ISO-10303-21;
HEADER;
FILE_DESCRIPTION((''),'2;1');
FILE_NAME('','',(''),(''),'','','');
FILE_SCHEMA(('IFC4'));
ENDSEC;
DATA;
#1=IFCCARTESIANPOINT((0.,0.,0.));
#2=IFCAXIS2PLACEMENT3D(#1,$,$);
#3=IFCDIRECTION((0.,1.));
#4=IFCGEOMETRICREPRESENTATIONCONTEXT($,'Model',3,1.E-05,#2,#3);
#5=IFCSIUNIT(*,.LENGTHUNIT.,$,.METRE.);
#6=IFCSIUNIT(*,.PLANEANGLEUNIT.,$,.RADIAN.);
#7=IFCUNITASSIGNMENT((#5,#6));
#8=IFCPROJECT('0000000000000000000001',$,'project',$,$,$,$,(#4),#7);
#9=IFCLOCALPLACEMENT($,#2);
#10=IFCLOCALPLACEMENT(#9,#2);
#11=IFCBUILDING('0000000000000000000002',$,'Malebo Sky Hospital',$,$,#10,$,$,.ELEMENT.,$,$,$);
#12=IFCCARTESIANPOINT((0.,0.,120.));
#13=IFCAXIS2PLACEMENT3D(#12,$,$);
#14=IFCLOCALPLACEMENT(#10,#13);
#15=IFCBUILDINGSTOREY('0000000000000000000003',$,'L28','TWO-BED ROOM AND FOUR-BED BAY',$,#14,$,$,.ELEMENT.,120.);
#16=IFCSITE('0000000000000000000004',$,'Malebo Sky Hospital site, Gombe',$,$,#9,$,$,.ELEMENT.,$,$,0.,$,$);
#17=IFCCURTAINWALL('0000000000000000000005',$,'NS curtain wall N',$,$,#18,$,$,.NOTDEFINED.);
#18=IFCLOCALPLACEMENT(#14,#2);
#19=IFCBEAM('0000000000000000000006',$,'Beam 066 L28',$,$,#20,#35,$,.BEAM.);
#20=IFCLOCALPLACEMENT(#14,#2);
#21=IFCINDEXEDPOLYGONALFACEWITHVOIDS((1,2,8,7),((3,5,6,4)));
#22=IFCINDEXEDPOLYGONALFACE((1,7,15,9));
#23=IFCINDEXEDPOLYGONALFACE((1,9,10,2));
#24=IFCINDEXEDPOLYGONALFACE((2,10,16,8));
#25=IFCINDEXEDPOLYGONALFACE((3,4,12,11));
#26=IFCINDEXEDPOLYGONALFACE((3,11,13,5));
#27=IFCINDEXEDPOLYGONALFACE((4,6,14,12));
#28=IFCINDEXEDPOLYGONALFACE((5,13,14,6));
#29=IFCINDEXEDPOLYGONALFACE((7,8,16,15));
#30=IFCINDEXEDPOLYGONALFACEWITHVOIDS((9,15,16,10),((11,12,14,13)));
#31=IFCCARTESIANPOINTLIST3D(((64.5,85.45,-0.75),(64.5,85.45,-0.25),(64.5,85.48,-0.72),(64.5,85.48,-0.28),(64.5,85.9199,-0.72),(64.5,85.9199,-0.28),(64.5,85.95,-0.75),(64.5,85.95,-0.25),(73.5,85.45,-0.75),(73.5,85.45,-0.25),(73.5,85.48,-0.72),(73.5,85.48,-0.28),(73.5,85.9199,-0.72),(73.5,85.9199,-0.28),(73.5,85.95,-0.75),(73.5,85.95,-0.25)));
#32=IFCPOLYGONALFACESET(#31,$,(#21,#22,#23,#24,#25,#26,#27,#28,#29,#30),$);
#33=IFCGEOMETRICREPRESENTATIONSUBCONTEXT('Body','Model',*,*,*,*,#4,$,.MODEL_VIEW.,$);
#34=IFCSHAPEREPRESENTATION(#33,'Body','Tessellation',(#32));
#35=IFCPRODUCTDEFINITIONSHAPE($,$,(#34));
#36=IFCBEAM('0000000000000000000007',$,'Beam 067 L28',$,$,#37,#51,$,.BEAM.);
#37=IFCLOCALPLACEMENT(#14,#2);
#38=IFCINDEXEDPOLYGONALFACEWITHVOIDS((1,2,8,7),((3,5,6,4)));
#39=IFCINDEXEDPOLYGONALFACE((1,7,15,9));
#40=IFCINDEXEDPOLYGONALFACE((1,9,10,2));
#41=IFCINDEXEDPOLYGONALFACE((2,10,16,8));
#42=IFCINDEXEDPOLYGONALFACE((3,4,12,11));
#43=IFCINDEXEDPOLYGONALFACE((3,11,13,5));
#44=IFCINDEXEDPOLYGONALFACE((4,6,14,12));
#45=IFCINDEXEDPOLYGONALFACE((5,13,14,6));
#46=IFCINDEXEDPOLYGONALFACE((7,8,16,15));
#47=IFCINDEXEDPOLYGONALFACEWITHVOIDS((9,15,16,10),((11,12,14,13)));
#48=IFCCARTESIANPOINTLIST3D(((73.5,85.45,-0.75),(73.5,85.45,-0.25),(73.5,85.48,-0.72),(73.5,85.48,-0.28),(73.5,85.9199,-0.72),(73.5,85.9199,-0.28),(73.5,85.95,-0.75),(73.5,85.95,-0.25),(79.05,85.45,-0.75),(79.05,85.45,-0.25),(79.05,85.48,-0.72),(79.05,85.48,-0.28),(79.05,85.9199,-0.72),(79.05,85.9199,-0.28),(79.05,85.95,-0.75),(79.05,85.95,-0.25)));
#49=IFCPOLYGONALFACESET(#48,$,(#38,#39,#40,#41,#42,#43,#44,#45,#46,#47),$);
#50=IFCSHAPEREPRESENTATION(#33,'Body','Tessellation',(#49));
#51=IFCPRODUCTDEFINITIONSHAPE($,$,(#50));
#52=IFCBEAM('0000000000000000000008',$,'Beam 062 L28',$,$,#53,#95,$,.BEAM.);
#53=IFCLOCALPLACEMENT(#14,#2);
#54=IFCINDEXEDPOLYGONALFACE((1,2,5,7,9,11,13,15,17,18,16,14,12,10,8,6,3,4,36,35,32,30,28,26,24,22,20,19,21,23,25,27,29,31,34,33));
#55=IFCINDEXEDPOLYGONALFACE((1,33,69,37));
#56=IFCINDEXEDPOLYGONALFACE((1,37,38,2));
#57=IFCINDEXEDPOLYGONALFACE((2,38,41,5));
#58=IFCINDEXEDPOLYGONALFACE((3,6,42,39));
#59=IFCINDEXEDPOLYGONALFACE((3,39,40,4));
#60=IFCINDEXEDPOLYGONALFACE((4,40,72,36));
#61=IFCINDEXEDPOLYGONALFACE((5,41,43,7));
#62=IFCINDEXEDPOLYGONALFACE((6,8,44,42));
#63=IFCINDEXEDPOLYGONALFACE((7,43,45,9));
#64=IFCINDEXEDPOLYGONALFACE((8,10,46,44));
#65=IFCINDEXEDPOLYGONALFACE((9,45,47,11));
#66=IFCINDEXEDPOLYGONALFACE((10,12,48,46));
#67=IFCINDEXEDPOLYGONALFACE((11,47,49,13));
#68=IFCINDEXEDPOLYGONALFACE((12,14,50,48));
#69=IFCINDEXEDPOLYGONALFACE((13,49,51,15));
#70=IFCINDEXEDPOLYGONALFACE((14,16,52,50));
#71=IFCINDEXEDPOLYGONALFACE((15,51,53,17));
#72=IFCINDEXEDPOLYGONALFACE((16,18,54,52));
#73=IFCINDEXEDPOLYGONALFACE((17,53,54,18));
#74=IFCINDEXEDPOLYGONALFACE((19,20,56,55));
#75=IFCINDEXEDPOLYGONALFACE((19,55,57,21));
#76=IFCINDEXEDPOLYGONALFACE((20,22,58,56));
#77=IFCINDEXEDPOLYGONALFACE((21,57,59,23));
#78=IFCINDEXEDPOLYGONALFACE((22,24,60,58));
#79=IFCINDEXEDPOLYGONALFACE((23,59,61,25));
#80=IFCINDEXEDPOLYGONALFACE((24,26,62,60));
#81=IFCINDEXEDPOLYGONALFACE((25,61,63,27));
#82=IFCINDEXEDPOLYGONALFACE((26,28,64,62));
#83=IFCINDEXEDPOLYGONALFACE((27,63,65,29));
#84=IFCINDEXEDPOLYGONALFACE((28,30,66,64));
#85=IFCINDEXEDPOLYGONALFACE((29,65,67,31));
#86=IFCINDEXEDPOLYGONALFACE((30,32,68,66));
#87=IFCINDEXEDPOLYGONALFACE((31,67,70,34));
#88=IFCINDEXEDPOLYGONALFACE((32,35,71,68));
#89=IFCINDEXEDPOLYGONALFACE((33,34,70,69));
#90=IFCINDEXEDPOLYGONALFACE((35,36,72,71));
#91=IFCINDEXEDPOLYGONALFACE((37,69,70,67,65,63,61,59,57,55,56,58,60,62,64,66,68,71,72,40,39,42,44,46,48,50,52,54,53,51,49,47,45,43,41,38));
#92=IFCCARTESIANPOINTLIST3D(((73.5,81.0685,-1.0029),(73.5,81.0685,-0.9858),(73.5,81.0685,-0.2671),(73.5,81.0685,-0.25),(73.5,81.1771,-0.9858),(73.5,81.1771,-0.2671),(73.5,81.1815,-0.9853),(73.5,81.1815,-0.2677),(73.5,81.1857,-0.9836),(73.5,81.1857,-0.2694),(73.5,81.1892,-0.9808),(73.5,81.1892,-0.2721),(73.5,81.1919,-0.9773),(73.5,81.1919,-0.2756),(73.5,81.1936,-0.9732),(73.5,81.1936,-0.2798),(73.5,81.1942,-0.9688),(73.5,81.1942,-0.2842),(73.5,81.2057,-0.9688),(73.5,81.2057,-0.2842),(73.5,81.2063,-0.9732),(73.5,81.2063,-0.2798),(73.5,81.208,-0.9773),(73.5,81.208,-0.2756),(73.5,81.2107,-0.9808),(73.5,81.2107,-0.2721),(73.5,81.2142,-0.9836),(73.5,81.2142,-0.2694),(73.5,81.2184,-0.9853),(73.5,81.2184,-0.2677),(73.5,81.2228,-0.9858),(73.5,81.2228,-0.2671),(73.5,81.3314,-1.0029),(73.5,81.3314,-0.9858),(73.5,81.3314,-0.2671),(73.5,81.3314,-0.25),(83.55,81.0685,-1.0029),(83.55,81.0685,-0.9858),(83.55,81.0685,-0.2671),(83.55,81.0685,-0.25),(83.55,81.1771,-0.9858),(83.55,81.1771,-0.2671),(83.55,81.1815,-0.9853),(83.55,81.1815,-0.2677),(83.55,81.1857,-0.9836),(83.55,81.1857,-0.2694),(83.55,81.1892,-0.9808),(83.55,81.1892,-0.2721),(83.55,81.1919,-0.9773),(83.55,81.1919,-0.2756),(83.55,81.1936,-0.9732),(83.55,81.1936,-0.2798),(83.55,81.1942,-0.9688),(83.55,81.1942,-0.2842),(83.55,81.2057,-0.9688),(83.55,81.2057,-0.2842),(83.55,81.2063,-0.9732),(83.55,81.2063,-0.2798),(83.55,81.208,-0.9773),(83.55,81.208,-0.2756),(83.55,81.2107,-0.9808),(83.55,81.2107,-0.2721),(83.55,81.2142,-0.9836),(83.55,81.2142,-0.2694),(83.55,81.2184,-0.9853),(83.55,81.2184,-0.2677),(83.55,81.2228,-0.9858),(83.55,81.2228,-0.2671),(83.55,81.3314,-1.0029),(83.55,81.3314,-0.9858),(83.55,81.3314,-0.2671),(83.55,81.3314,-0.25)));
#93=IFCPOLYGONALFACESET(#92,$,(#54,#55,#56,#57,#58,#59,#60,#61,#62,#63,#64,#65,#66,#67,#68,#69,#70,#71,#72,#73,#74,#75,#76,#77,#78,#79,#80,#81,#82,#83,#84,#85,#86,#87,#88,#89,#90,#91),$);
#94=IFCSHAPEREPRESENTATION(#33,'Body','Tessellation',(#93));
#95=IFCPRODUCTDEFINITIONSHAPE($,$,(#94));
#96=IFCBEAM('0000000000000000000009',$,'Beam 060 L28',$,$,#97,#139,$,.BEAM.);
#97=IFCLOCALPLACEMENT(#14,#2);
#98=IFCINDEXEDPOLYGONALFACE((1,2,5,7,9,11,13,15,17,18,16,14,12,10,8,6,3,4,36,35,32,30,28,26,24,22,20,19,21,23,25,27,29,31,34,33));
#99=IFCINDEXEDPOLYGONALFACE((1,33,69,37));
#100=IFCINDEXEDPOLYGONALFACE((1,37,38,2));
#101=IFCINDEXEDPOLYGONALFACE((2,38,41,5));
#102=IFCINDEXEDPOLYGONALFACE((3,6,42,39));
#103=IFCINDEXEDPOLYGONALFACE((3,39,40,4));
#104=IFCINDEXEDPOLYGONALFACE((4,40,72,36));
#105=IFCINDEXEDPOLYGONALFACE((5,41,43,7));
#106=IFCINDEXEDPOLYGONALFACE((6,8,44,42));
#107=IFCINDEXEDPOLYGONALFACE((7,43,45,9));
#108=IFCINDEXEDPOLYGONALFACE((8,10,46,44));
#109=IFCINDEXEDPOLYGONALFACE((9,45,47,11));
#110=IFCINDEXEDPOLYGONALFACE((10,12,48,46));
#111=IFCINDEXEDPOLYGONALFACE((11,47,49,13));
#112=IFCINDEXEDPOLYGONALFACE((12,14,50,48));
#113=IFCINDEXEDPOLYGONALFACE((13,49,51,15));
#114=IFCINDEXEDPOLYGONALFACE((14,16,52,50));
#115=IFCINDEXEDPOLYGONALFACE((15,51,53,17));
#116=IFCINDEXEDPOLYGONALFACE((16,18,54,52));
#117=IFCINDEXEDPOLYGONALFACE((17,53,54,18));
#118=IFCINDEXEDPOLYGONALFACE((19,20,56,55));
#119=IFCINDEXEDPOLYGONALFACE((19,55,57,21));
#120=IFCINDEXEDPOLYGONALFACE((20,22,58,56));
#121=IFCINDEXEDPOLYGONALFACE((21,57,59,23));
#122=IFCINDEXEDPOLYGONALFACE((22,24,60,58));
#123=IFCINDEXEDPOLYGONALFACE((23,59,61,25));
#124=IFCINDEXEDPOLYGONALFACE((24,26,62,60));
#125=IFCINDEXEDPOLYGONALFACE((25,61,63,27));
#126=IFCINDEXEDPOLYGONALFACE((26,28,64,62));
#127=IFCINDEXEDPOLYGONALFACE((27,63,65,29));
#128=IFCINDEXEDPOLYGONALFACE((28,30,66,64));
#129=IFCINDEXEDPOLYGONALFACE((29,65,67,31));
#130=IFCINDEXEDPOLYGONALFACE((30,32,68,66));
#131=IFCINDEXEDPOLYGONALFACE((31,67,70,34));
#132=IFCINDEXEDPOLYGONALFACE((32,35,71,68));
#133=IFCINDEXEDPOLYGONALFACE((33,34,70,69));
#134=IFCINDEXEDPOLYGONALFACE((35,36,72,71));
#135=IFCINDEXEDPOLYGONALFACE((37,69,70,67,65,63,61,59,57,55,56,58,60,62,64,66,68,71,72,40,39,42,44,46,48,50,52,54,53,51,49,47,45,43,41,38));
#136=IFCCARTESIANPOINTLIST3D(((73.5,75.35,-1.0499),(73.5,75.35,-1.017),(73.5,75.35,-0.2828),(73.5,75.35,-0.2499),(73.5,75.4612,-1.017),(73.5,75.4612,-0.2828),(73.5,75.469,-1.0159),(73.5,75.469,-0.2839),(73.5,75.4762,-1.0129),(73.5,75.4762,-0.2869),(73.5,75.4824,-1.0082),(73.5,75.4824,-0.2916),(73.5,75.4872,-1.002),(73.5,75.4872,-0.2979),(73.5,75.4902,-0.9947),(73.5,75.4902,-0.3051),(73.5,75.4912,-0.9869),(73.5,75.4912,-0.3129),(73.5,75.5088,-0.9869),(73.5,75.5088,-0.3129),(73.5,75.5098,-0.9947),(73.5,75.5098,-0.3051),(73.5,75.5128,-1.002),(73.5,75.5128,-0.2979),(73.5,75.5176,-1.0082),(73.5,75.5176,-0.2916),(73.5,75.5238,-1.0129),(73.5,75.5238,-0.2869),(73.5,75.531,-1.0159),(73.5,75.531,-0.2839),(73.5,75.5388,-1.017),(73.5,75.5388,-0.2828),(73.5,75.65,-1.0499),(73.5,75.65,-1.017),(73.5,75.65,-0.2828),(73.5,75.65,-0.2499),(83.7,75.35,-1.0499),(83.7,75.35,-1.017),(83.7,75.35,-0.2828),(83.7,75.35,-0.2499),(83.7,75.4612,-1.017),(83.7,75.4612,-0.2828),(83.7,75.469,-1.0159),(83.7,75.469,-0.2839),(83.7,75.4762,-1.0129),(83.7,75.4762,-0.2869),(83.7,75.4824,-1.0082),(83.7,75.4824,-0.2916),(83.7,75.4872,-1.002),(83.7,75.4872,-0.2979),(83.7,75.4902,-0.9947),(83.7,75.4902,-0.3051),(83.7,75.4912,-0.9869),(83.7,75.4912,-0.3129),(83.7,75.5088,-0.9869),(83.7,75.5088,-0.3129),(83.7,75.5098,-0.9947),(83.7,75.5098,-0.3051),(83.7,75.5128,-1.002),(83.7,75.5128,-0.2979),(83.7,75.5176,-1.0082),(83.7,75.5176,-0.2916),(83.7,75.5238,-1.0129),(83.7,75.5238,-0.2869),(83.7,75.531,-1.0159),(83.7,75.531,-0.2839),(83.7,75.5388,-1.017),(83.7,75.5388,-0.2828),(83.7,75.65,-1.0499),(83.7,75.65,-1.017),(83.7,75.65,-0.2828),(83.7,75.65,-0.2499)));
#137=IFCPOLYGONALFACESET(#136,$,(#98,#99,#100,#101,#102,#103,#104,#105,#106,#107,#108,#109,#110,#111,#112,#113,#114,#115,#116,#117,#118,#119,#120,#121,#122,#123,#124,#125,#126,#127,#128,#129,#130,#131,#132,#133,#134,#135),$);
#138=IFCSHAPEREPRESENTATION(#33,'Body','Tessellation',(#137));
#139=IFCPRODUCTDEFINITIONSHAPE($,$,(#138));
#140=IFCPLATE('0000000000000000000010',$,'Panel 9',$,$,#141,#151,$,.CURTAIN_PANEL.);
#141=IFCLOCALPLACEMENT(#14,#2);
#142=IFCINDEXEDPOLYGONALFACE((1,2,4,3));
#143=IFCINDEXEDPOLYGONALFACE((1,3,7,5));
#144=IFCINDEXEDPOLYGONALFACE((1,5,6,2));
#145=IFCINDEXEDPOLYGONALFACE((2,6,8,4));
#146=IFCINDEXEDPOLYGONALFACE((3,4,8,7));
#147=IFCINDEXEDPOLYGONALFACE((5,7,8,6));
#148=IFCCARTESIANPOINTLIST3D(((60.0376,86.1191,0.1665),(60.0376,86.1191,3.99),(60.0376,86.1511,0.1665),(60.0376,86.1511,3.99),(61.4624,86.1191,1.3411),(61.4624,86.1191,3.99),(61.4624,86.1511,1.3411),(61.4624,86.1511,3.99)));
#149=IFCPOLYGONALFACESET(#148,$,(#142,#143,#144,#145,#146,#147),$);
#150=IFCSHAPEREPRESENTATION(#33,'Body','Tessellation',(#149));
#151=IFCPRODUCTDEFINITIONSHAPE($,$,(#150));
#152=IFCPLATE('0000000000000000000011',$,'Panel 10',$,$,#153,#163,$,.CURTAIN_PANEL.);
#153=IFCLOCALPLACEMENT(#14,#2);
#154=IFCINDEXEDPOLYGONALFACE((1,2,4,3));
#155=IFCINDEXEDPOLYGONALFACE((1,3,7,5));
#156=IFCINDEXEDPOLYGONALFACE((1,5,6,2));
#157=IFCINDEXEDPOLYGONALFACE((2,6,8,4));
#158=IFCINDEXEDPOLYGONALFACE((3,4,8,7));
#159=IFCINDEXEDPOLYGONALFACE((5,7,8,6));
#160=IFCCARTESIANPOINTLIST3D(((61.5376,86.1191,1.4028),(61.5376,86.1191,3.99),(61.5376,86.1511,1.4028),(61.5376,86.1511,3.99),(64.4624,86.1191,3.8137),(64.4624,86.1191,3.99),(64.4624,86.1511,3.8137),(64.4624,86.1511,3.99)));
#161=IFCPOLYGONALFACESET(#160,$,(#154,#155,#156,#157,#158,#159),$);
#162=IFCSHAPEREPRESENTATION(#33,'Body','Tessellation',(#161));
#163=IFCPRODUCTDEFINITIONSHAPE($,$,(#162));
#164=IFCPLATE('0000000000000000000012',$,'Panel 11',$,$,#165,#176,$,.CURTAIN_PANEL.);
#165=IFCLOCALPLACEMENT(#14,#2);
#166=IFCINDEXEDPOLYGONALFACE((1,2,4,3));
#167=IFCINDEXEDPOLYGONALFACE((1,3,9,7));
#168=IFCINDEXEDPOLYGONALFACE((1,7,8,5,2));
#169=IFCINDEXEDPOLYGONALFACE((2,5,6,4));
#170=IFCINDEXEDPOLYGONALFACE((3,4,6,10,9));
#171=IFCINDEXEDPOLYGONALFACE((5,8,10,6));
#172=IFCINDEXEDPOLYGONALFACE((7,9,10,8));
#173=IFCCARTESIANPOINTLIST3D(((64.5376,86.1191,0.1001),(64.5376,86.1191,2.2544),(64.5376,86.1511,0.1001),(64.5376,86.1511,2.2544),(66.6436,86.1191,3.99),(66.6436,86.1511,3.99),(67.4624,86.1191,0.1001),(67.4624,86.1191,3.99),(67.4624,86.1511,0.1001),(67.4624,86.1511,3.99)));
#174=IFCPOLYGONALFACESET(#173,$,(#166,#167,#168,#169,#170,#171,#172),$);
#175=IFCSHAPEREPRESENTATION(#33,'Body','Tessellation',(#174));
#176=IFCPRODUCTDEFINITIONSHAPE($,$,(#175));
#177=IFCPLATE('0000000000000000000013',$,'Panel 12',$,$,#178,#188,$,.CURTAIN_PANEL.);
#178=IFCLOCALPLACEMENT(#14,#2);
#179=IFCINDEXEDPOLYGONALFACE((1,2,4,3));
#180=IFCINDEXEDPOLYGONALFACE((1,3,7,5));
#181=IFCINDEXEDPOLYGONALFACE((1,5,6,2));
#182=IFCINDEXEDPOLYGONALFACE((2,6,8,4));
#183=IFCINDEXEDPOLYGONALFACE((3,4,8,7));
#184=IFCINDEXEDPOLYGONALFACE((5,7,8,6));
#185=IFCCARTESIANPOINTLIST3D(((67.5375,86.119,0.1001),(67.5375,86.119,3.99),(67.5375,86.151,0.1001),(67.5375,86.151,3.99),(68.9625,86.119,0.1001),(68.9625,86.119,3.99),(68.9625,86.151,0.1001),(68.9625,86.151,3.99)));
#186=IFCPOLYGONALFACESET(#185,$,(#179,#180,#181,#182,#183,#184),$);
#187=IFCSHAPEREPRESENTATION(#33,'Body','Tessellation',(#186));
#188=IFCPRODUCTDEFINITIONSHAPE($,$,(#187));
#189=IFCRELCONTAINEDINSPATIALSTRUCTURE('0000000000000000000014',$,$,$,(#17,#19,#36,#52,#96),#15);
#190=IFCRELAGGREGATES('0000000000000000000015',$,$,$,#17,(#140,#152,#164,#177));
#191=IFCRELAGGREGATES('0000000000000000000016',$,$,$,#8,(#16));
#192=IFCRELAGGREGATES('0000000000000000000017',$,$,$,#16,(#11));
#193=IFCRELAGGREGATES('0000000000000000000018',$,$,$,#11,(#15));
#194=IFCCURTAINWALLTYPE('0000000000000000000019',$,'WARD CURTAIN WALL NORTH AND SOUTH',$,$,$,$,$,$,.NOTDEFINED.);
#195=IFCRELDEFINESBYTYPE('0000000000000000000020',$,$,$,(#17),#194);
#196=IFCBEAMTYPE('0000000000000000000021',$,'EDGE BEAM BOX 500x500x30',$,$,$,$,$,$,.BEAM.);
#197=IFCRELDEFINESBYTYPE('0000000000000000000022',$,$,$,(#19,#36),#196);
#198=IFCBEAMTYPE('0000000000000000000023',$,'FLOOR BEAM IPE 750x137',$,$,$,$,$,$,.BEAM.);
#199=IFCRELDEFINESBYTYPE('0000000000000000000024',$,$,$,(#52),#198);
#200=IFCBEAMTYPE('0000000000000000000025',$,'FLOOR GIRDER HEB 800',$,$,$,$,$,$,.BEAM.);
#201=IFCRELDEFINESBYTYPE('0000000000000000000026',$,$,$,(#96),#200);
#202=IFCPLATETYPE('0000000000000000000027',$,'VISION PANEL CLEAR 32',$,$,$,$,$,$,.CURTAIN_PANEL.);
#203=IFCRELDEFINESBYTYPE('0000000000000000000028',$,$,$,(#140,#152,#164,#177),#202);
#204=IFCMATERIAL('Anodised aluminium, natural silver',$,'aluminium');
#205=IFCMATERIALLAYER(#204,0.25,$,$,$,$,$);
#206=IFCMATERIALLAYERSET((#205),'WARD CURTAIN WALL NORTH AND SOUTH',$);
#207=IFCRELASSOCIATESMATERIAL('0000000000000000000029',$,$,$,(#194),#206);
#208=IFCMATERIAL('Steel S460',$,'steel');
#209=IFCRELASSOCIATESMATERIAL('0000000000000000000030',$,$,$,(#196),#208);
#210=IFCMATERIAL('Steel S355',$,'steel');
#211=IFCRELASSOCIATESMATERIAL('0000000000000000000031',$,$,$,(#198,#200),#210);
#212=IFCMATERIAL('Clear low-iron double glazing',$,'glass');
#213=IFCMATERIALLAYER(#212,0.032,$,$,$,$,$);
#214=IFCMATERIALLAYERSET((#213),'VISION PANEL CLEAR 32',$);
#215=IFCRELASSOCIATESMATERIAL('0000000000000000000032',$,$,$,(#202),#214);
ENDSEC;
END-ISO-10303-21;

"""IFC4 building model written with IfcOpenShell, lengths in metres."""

from ifc_helpers import new_model, si_unit, direction, frame, origin, origin_2d, place, context, subcontext, project, spatial, polyline, rectangle, hollow_rectangle, i_section, outline, extrude, material, layer, layer_set, material_profile, profile_set, type_object, element, aggregate, save


model = new_model("IFC4")

# Units and contexts
model_context = context("Model", 3, precision=1e-05, world=origin(), true_north=direction((0.0, 1.0)))
body_context = subcontext(model_context, "Body", "Model", "MODEL_VIEW")
ifc_project = project(units=[si_unit("LENGTHUNIT", "METRE"), si_unit("PLANEANGLEUNIT", "RADIAN")], contexts=[model_context])

# Site, building, storey
site_placement = place(None, origin())
site = spatial("IfcSite", under=ifc_project, at=site_placement, Name="Malebo Sky Hospital site, Gombe", CompositionType="ELEMENT", RefElevation=0.0)
building_placement = place(site_placement, origin())
building = spatial("IfcBuilding", under=site, at=building_placement, Name="Malebo Sky Hospital", CompositionType="ELEMENT")
storey_placement = place(building_placement, frame((0.0, 0.0, 120.0)))
storey = spatial("IfcBuildingStorey", under=building, at=storey_placement, Name="L28", Description="TWO-BED ROOM AND FOUR-BED BAY", CompositionType="ELEMENT", Elevation=120.0)

# Shared definitions
ifc_material_1 = material(Name="Steel S460", Category="steel")

# Curtain wall
ifc_material_2 = material(Name="Anodised aluminium, natural silver", Category="aluminium")
ifc_layer_1 = layer(ifc_material_2, 0.25)
ifc_layer_set_1 = layer_set([ifc_layer_1], Name="WARD CURTAIN WALL NORTH AND SOUTH")
curtain_wall_type = type_object("IfcCurtainWallType", Name="WARD CURTAIN WALL NORTH AND SOUTH", PredefinedType="NOTDEFINED", material=ifc_layer_set_1)
curtain_wall_placement = place(storey_placement, origin())
curtain_wall = element("IfcCurtainWall", 1, at=curtain_wall_placement, inside=storey, type_object=curtain_wall_type, Name="NS curtain wall N", PredefinedType="NOTDEFINED")

# Shared definitions
ifc_material_3 = material(Name="Steel S355", Category="steel")

# Beams
ifc_material_profile_1 = material_profile(ifc_material_1, hollow_rectangle(XDim=0.5, YDim=0.5, WallThickness=0.03, at=origin_2d()), Name="BOX 500x500x30")
ifc_profile_set_1 = profile_set([ifc_material_profile_1], Name="Steel S460")
beam_type_1 = type_object("IfcBeamType", Name="EDGE BEAM BOX 500x500x30", PredefinedType="BEAM", material=ifc_profile_set_1)
beam_1_placement = place(storey_placement, frame((64.5, 85.7, -0.5), z_axis=(1.0, 0.0, 0.0), x_axis=(0.0, 1.0, 0.0)))
element("IfcBeam", 2, at=beam_1_placement, inside=storey, type_object=beam_type_1, Name="Beam 066 L28", PredefinedType="BEAM", context=body_context, shape_type="SweptSolid", body=[
    extrude(hollow_rectangle(XDim=0.5, YDim=0.5, WallThickness=0.03, at=origin_2d()), origin(), (0.0, 0.0, 1.0), 9.0),
])
beam_2_placement = place(storey_placement, frame((73.5, 85.7, -0.5), z_axis=(1.0, 0.0, 0.0), x_axis=(0.0, 1.0, 0.0)))
element("IfcBeam", 3, at=beam_2_placement, inside=storey, type_object=beam_type_1, Name="Beam 067 L28", PredefinedType="BEAM", context=body_context, shape_type="SweptSolid", body=[
    extrude(hollow_rectangle(XDim=0.5, YDim=0.5, WallThickness=0.03, at=origin_2d()), origin(), (0.0, 0.0, 1.0), 5.55),
])
ifc_material_profile_2 = material_profile(ifc_material_3, i_section(OverallWidth=0.2629, OverallDepth=0.7529, WebThickness=0.0115, FlangeThickness=0.0171, FilletRadius=0.0171, at=origin_2d()), Name="IPE 750x137")
ifc_profile_set_2 = profile_set([ifc_material_profile_2], Name="Steel S355")
beam_type_2 = type_object("IfcBeamType", Name="FLOOR BEAM IPE 750x137", PredefinedType="BEAM", material=ifc_profile_set_2)
beam_3_placement = place(storey_placement, frame((73.5, 81.2, -0.6265), z_axis=(1.0, 0.0, 0.0), x_axis=(0.0, 1.0, 0.0)))
element("IfcBeam", 4, at=beam_3_placement, inside=storey, type_object=beam_type_2, Name="Beam 062 L28", PredefinedType="BEAM", context=body_context, shape_type="SweptSolid", body=[
    extrude(i_section(OverallWidth=0.2629, OverallDepth=0.7529, WebThickness=0.0115, FlangeThickness=0.0171, FilletRadius=0.0171, at=origin_2d()), origin(), (0.0, 0.0, 1.0), 10.05),
])
ifc_material_profile_3 = material_profile(ifc_material_3, i_section(OverallWidth=0.3, OverallDepth=0.8, WebThickness=0.0176, FlangeThickness=0.033, FilletRadius=0.03, at=origin_2d()), Name="HEB 800")
ifc_profile_set_3 = profile_set([ifc_material_profile_3], Name="Steel S355")
beam_type_3 = type_object("IfcBeamType", Name="FLOOR GIRDER HEB 800", PredefinedType="BEAM", material=ifc_profile_set_3)
beam_4_placement = place(storey_placement, frame((73.5, 75.5, -0.6499), z_axis=(1.0, 0.0, 0.0), x_axis=(0.0, 1.0, 0.0)))
element("IfcBeam", 5, at=beam_4_placement, inside=storey, type_object=beam_type_3, Name="Beam 060 L28", PredefinedType="BEAM", context=body_context, shape_type="SweptSolid", body=[
    extrude(i_section(OverallWidth=0.3, OverallDepth=0.8, WebThickness=0.0176, FlangeThickness=0.033, FilletRadius=0.03, at=origin_2d()), origin(), (0.0, 0.0, 1.0), 10.2),
])

# Plates
ifc_material_4 = material(Name="Clear low-iron double glazing", Category="glass")
ifc_layer_2 = layer(ifc_material_4, 0.032)
ifc_layer_set_2 = layer_set([ifc_layer_2], Name="VISION PANEL CLEAR 32")
plate_type = type_object("IfcPlateType", Name="VISION PANEL CLEAR 32", PredefinedType="CURTAIN_PANEL", material=ifc_layer_set_2)
plate_1_placement = place(storey_placement, frame((60.75, 86.135, 0.1665), z_axis=(0.0, 0.0, 1.0), x_axis=(1.0, 0.0, 0.0)))
plate_1 = element("IfcPlate", 6, at=plate_1_placement, type_object=plate_type, Name="Panel 9", PredefinedType="CURTAIN_PANEL", context=body_context, shape_type="SweptSolid", body=[
    extrude(outline(polyline([(-0.7124, 0.0), (0.7124, 1.1746), (0.7124, 3.8235), (-0.7124, 3.8235), (-0.7124, 0.0)])), frame((0.0, 0.0161, 0.0), z_axis=(0.0, -1.0, 0.0), x_axis=(1.0, 0.0, 0.0)), (0.0, 0.0, 1.0), 0.032),
])
plate_2_placement = place(storey_placement, frame((63.0, 86.135, 1.4028), z_axis=(0.0, 0.0, 1.0), x_axis=(1.0, 0.0, 0.0)))
plate_2 = element("IfcPlate", 7, at=plate_2_placement, type_object=plate_type, Name="Panel 10", PredefinedType="CURTAIN_PANEL", context=body_context, shape_type="SweptSolid", body=[
    extrude(outline(polyline([(-1.4624, 0.0), (1.4624, 2.4109), (1.4624, 2.5872), (-1.4624, 2.5872), (-1.4624, 0.0)])), frame((0.0, 0.0161, 0.0), z_axis=(0.0, -1.0, 0.0), x_axis=(1.0, 0.0, 0.0)), (0.0, 0.0, 1.0), 0.032),
])
plate_3_placement = place(storey_placement, frame((66.0, 86.135, 0.1001), z_axis=(0.0, 0.0, 1.0), x_axis=(1.0, 0.0, 0.0)))
plate_3 = element("IfcPlate", 8, at=plate_3_placement, type_object=plate_type, Name="Panel 11", PredefinedType="CURTAIN_PANEL", context=body_context, shape_type="SweptSolid", body=[
    extrude(outline(polyline([(-1.4624, 0.0), (1.4624, 0.0), (1.4624, 3.8899), (0.6436, 3.8899), (-1.4624, 2.1543), (-1.4624, 0.0)])), frame((0.0, 0.0161, 0.0), z_axis=(0.0, -1.0, 0.0), x_axis=(1.0, 0.0, 0.0)), (0.0, 0.0, 1.0), 0.032),
])
plate_4_placement = place(storey_placement, frame((68.25, 86.135, 0.1001), z_axis=(0.0, 0.0, 1.0), x_axis=(1.0, 0.0, 0.0)))
plate_4 = element("IfcPlate", 9, at=plate_4_placement, type_object=plate_type, Name="Panel 12", PredefinedType="CURTAIN_PANEL", context=body_context, shape_type="SweptSolid", body=[
    extrude(rectangle(XDim=1.425, YDim=0.032, at=origin_2d()), origin(), (0.0, 0.0, 1.0), 3.8899),
])
aggregate(curtain_wall, [plate_1, plate_2, plate_3, plate_4])

save(model, "model.ifc")
